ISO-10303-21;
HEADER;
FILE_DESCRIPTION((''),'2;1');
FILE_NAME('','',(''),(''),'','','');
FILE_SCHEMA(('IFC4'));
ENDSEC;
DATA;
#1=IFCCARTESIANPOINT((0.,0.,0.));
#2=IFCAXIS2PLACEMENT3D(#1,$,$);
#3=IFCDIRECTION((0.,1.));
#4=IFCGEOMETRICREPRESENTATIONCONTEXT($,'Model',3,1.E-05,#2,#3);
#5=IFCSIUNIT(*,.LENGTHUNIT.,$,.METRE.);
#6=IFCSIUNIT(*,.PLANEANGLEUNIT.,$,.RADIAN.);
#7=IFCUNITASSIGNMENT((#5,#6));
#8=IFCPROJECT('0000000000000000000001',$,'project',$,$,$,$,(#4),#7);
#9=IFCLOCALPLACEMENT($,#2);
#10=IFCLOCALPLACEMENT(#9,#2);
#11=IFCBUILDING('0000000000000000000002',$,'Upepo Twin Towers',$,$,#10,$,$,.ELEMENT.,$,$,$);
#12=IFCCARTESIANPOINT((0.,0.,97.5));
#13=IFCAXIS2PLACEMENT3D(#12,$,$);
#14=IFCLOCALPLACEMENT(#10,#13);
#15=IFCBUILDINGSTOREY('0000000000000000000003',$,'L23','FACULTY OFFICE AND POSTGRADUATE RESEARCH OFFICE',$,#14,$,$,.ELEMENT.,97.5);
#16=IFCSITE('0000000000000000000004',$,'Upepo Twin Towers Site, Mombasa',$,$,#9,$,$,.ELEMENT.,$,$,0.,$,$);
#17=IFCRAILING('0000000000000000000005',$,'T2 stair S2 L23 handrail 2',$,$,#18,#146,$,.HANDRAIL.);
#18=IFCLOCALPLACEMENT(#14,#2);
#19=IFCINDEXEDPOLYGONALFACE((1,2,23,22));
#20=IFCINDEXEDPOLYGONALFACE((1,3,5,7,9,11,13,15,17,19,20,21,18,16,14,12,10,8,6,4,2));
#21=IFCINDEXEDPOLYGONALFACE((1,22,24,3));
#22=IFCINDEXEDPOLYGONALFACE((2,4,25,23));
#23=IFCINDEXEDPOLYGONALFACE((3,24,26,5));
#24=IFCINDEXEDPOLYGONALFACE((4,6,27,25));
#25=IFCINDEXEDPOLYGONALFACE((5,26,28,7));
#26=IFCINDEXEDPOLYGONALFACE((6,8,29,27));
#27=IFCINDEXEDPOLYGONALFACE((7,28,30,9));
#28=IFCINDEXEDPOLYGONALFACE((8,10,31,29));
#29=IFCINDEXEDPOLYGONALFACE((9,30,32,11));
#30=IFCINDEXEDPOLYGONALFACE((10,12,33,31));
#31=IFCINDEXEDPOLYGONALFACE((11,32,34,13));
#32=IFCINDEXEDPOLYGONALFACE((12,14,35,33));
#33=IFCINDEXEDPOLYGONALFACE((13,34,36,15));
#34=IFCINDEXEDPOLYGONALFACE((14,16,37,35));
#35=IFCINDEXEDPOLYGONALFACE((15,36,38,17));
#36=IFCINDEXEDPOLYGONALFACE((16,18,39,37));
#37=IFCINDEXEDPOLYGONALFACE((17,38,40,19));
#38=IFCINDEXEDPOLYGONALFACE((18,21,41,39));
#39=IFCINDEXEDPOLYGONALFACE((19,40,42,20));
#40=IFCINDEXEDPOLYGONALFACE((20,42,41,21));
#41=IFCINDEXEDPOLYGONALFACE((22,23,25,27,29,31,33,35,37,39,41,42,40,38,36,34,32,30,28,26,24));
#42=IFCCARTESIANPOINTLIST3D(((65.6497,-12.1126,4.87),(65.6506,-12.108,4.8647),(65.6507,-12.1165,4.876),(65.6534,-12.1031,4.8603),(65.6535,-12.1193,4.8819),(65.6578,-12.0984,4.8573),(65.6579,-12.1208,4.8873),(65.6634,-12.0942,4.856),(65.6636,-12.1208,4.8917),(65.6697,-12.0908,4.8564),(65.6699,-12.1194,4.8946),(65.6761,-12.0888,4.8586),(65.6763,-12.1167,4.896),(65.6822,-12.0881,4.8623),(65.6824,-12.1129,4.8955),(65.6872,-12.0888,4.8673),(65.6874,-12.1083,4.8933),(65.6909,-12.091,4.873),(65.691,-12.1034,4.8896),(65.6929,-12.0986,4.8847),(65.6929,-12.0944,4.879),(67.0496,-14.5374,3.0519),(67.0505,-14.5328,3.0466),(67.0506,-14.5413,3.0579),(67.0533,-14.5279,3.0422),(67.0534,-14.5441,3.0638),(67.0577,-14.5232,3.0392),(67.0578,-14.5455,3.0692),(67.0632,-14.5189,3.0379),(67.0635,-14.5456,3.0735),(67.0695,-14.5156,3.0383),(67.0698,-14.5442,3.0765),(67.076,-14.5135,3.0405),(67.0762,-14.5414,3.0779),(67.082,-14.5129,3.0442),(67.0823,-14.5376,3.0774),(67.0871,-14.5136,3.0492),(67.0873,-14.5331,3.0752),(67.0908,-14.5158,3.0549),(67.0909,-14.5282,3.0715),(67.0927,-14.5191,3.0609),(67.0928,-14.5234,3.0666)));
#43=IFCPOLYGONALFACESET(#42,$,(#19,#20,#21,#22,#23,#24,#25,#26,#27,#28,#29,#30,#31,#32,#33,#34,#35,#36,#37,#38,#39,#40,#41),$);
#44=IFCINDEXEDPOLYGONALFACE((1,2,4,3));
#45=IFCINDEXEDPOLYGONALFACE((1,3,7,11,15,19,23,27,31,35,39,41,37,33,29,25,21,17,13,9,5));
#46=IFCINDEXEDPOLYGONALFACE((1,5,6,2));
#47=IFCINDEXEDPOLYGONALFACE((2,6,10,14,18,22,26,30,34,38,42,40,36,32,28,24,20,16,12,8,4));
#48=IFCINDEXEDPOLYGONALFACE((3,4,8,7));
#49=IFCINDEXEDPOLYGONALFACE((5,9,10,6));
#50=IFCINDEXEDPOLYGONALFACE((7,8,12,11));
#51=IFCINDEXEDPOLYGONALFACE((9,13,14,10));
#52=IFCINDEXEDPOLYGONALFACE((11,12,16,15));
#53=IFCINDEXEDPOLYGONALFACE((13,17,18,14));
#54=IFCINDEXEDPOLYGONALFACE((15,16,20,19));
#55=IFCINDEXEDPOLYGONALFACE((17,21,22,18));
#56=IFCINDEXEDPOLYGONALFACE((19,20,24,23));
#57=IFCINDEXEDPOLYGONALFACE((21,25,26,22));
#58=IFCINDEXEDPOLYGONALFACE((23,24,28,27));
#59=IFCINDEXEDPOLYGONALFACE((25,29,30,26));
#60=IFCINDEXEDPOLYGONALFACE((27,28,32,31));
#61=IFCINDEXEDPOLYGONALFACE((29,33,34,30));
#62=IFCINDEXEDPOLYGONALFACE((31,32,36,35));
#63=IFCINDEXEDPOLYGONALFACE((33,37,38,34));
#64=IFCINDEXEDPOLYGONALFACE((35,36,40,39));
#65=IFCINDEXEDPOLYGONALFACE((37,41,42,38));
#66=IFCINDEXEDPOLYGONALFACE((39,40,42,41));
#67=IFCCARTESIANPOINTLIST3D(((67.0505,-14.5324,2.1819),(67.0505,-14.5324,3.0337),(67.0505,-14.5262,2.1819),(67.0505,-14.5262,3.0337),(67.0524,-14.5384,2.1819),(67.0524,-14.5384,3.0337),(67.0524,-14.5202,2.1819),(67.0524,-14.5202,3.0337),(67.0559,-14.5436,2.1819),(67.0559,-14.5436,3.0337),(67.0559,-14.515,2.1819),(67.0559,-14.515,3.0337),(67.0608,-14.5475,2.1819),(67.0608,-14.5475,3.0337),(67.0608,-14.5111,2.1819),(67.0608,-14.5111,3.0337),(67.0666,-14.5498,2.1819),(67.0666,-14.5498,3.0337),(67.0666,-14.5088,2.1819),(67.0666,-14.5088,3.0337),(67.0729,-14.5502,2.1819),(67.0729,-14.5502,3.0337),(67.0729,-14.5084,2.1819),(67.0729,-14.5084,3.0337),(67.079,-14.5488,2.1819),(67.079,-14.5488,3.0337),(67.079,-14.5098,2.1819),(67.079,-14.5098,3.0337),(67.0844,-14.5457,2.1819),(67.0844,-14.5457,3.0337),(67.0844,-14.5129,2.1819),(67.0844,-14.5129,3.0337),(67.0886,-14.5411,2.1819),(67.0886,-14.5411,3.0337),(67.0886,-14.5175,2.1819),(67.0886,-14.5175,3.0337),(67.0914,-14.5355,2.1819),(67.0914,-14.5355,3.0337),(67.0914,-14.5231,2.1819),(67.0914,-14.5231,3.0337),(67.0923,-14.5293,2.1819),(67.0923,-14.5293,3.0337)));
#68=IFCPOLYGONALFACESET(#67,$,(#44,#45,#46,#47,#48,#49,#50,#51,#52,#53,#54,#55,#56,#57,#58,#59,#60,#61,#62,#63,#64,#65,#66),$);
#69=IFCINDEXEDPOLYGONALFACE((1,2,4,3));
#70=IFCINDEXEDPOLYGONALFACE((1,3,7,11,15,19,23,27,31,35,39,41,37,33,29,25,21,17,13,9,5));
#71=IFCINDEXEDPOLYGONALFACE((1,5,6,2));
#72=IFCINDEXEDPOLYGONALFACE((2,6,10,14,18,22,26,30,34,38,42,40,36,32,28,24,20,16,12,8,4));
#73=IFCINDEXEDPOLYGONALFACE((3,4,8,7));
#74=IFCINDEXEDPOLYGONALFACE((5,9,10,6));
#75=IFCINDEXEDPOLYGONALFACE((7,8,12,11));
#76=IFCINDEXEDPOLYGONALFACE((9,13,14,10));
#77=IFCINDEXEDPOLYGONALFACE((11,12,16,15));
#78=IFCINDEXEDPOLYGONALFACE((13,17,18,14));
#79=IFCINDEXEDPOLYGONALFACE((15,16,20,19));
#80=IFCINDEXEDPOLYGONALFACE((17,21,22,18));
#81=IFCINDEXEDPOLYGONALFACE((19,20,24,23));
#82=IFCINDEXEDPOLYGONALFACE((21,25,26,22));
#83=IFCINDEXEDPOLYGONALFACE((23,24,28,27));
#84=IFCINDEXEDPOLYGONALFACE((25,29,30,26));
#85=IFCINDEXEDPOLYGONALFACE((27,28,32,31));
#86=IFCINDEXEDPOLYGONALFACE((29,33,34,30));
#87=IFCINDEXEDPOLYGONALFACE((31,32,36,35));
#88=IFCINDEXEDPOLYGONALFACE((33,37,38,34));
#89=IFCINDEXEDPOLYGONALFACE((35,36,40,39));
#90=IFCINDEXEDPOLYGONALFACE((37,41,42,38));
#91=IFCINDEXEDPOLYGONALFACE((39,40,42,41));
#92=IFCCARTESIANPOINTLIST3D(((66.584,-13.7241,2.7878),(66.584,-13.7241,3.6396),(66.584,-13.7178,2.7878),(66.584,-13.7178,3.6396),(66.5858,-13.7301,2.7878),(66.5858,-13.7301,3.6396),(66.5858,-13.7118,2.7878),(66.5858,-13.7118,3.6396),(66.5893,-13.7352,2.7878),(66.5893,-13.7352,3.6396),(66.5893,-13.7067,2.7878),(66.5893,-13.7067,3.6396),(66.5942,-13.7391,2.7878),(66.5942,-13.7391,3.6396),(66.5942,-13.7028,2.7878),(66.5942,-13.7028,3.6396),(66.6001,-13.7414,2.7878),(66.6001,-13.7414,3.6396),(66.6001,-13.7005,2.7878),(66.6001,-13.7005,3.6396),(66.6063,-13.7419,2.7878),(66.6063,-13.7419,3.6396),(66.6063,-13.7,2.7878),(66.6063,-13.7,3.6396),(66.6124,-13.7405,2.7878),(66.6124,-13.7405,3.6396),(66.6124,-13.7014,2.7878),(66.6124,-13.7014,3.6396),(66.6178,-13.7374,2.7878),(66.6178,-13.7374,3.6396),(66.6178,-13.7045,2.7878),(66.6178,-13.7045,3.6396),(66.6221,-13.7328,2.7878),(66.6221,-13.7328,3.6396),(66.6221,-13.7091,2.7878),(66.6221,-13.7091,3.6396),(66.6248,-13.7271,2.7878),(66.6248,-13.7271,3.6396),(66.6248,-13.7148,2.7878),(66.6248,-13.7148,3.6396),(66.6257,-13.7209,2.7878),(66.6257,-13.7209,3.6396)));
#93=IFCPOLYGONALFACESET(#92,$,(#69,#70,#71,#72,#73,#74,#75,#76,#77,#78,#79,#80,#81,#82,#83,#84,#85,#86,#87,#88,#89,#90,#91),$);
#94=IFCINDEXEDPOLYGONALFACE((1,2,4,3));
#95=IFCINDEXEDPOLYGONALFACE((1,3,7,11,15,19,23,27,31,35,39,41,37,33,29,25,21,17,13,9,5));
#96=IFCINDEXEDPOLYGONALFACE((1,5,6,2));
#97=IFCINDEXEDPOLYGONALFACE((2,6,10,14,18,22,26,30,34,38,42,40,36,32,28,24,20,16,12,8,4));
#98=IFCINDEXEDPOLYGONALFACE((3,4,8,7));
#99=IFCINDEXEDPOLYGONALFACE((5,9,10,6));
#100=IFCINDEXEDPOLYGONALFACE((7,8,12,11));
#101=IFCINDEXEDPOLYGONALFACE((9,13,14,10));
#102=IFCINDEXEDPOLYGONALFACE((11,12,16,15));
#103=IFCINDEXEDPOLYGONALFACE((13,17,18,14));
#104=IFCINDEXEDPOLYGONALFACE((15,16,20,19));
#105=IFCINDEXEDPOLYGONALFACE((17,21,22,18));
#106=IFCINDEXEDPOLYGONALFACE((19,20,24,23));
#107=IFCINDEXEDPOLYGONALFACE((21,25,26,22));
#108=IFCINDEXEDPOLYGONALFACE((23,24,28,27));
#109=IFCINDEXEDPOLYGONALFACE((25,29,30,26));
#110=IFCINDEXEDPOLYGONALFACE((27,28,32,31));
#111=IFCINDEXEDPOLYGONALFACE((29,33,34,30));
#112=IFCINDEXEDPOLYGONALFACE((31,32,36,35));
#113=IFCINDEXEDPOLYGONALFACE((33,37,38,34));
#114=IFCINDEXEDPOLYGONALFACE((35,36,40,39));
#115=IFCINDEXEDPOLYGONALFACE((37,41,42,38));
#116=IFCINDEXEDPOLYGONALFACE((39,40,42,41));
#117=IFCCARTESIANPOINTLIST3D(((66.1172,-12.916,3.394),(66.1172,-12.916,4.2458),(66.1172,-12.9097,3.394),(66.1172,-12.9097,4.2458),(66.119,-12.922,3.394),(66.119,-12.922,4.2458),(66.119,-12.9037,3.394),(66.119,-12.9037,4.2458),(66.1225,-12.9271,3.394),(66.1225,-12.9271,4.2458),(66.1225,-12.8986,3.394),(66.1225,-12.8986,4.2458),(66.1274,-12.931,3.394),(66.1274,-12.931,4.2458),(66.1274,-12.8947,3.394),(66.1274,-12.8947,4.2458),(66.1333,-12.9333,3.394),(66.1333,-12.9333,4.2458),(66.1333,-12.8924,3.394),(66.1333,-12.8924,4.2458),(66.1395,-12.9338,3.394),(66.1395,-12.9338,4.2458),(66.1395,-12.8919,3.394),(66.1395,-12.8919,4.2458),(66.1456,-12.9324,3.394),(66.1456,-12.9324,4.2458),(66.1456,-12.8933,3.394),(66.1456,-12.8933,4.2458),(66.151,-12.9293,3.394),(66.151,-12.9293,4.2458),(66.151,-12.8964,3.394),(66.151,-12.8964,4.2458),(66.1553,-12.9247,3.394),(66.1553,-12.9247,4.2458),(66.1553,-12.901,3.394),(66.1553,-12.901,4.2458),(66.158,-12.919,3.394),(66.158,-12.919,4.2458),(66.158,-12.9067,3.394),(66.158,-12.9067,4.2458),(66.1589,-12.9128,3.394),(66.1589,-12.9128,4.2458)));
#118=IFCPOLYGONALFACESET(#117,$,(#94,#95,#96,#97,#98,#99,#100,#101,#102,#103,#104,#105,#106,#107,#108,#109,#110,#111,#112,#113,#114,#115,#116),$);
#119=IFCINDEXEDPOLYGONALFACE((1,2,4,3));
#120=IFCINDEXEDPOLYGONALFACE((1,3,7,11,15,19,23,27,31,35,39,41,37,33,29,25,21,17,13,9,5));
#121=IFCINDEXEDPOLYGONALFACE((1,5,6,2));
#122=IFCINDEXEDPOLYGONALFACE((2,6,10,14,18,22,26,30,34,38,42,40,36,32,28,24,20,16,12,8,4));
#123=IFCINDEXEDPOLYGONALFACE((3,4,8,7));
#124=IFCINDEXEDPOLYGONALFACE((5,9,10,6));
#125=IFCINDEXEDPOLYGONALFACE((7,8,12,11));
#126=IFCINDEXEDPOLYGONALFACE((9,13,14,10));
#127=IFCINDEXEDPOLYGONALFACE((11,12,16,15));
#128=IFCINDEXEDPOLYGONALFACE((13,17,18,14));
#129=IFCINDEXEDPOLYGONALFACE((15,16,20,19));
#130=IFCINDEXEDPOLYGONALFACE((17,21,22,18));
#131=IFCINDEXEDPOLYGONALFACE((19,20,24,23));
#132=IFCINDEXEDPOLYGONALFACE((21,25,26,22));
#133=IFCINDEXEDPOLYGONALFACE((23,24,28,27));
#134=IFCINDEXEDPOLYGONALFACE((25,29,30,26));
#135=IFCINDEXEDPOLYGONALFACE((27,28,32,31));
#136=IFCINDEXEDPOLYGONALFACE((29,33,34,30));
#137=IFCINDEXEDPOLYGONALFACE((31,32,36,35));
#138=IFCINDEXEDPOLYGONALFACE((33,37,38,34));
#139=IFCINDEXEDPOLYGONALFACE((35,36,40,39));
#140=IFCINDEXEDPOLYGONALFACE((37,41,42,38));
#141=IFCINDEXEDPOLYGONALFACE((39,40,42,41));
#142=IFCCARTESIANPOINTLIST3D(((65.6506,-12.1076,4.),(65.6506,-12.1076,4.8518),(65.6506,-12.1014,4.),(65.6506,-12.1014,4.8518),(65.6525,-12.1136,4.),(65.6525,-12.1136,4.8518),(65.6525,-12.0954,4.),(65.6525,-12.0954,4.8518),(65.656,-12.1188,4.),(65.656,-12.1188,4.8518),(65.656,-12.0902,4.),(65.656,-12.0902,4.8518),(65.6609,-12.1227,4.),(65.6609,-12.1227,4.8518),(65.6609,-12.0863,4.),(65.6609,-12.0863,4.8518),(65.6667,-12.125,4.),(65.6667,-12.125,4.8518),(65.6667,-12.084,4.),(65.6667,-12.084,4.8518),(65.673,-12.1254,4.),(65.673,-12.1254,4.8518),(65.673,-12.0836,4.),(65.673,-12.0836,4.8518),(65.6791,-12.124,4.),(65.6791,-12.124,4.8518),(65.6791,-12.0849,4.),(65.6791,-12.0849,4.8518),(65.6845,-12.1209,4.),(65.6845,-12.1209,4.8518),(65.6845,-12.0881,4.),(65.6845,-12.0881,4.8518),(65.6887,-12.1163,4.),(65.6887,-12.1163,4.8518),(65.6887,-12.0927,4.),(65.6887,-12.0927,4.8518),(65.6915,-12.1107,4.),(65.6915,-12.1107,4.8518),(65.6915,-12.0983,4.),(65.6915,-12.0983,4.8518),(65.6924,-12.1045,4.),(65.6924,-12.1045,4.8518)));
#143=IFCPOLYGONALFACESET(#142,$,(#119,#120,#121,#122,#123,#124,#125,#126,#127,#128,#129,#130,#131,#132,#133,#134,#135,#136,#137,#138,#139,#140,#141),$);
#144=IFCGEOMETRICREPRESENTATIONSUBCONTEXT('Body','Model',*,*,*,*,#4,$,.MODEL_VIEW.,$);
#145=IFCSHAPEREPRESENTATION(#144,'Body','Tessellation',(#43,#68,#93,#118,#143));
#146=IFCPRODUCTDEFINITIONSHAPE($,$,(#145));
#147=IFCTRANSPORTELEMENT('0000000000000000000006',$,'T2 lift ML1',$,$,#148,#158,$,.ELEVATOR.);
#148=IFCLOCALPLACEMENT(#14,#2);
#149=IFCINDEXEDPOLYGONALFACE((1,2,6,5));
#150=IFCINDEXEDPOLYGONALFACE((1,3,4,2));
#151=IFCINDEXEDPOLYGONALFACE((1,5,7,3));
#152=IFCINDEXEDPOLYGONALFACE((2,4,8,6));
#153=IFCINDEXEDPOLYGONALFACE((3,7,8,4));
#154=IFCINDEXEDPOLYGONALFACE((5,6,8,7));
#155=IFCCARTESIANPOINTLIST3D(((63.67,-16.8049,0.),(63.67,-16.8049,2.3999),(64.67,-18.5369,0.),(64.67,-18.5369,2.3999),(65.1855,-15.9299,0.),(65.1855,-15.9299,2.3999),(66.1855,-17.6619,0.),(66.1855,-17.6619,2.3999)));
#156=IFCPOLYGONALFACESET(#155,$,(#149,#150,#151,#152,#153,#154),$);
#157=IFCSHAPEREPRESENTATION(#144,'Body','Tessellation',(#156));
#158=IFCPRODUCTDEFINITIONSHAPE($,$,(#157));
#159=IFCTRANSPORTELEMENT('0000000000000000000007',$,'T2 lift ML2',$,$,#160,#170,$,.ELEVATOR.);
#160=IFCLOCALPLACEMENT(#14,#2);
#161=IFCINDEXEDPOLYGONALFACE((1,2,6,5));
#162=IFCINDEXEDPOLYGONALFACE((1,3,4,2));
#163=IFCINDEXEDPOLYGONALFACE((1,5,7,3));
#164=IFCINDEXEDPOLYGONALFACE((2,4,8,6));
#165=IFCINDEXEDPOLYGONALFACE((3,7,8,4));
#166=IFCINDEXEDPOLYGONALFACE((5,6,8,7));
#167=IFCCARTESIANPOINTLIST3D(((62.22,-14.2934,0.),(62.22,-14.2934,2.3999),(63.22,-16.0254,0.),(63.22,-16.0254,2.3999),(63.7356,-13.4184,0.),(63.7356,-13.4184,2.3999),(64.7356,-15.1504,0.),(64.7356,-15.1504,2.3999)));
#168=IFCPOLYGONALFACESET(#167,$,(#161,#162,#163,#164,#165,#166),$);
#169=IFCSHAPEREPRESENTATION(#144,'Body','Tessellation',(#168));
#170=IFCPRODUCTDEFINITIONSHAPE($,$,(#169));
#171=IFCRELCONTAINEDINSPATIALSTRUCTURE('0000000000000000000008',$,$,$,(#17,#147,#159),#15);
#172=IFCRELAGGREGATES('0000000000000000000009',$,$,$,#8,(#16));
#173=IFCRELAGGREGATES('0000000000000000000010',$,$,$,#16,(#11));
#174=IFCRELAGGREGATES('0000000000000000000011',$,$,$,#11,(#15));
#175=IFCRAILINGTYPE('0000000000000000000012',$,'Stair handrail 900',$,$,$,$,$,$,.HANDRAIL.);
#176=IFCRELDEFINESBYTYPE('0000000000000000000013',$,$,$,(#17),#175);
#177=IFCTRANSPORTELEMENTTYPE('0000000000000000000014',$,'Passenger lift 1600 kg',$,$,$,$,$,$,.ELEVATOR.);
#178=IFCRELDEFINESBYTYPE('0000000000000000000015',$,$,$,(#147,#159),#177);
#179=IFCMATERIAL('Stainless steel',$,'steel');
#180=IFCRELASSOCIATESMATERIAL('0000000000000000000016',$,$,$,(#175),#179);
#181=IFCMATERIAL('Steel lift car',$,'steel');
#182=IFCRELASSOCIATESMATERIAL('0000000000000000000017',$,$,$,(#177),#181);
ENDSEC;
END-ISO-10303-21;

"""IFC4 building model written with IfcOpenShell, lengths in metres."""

from ifc_helpers import new_model, si_unit, direction, frame, origin, origin_2d, place, context, subcontext, project, spatial, rectangle, circle, extrude, material, type_object, element, save


model = new_model("IFC4")

# Units and contexts
model_context = context("Model", 3, precision=1e-05, world=origin(), true_north=direction((0.0, 1.0)))
body_context = subcontext(model_context, "Body", "Model", "MODEL_VIEW")
ifc_project = project(units=[si_unit("LENGTHUNIT", "METRE"), si_unit("PLANEANGLEUNIT", "RADIAN")], contexts=[model_context])

# Site, building, storey
site_placement = place(None, origin())
site = spatial("IfcSite", under=ifc_project, at=site_placement, Name="Upepo Twin Towers Site, Mombasa", CompositionType="ELEMENT", RefElevation=0.0)
building_placement = place(site_placement, origin())
building = spatial("IfcBuilding", under=site, at=building_placement, Name="Upepo Twin Towers", CompositionType="ELEMENT")
storey_placement = place(building_placement, frame((0.0, 0.0, 97.5)))
storey = spatial("IfcBuildingStorey", under=building, at=storey_placement, Name="L23", Description="FACULTY OFFICE AND POSTGRADUATE RESEARCH OFFICE", CompositionType="ELEMENT", Elevation=97.5)

# Railing
ifc_material_1 = material(Name="Stainless steel", Category="steel")
railing_type = type_object("IfcRailingType", Name="Stair handrail 900", PredefinedType="HANDRAIL", material=ifc_material_1)
railing_1_placement = place(storey_placement, frame((67.0713, -14.5293, 2.1819)))
element("IfcRailing", 1, at=railing_1_placement, inside=storey, type_object=railing_type, Name="T2 stair S2 L23 handrail 2", PredefinedType="HANDRAIL", context=body_context, shape_type="SweptSolid", body=[
    extrude(circle(Radius=0.0239, at=origin_2d()), frame((0.0, 0.0, 0.876), z_axis=(-0.419333, 0.726336, 0.544606), x_axis=(-0.866035, -0.499984, 0.0)), (0.0, 0.0, 1.0), 3.3384),
    extrude(circle(Radius=0.021, at=origin_2d()), origin(), (0.0, 0.0, 1.0), 0.8518),
    extrude(circle(Radius=0.021, at=origin_2d()), frame((-0.4666, 0.8083, 0.606)), (0.0, 0.0, 1.0), 0.8518),
    extrude(circle(Radius=0.021, at=origin_2d()), frame((-0.9333, 1.6165, 1.2122)), (0.0, 0.0, 1.0), 0.8518),
    extrude(circle(Radius=0.021, at=origin_2d()), frame((-1.3999, 2.4248, 1.8181)), (0.0, 0.0, 1.0), 0.8518),
])

# Transport elements
ifc_material_2 = material(Name="Steel lift car", Category="steel")
transport_element_type = type_object("IfcTransportElementType", Name="Passenger lift 1600 kg", PredefinedType="ELEVATOR", material=ifc_material_2)
for number, where, z_axis, x_axis, name in (
    (2, (64.9277, -17.2334, 0.0), (0.0, 0.0, 1.0), (-0.5, 0.866025, 0.0), "T2 lift ML1"),
    (3, (63.4778, -14.7219, 0.0), (0.0, 0.0, 1.0), (-0.5, 0.866025, 0.0), "T2 lift ML2"),
):
    element("IfcTransportElement", number, at=place(storey_placement, frame(where, z_axis=z_axis, x_axis=x_axis)), inside=storey, type_object=transport_element_type, Name=name, PredefinedType="ELEVATOR", context=body_context, shape_type="SweptSolid", body=[
        extrude(rectangle(XDim=2.0, YDim=1.75, at=origin_2d()), origin(), (0.0, 0.0, 1.0), 2.3999),
    ])

save(model, "model.ifc")
